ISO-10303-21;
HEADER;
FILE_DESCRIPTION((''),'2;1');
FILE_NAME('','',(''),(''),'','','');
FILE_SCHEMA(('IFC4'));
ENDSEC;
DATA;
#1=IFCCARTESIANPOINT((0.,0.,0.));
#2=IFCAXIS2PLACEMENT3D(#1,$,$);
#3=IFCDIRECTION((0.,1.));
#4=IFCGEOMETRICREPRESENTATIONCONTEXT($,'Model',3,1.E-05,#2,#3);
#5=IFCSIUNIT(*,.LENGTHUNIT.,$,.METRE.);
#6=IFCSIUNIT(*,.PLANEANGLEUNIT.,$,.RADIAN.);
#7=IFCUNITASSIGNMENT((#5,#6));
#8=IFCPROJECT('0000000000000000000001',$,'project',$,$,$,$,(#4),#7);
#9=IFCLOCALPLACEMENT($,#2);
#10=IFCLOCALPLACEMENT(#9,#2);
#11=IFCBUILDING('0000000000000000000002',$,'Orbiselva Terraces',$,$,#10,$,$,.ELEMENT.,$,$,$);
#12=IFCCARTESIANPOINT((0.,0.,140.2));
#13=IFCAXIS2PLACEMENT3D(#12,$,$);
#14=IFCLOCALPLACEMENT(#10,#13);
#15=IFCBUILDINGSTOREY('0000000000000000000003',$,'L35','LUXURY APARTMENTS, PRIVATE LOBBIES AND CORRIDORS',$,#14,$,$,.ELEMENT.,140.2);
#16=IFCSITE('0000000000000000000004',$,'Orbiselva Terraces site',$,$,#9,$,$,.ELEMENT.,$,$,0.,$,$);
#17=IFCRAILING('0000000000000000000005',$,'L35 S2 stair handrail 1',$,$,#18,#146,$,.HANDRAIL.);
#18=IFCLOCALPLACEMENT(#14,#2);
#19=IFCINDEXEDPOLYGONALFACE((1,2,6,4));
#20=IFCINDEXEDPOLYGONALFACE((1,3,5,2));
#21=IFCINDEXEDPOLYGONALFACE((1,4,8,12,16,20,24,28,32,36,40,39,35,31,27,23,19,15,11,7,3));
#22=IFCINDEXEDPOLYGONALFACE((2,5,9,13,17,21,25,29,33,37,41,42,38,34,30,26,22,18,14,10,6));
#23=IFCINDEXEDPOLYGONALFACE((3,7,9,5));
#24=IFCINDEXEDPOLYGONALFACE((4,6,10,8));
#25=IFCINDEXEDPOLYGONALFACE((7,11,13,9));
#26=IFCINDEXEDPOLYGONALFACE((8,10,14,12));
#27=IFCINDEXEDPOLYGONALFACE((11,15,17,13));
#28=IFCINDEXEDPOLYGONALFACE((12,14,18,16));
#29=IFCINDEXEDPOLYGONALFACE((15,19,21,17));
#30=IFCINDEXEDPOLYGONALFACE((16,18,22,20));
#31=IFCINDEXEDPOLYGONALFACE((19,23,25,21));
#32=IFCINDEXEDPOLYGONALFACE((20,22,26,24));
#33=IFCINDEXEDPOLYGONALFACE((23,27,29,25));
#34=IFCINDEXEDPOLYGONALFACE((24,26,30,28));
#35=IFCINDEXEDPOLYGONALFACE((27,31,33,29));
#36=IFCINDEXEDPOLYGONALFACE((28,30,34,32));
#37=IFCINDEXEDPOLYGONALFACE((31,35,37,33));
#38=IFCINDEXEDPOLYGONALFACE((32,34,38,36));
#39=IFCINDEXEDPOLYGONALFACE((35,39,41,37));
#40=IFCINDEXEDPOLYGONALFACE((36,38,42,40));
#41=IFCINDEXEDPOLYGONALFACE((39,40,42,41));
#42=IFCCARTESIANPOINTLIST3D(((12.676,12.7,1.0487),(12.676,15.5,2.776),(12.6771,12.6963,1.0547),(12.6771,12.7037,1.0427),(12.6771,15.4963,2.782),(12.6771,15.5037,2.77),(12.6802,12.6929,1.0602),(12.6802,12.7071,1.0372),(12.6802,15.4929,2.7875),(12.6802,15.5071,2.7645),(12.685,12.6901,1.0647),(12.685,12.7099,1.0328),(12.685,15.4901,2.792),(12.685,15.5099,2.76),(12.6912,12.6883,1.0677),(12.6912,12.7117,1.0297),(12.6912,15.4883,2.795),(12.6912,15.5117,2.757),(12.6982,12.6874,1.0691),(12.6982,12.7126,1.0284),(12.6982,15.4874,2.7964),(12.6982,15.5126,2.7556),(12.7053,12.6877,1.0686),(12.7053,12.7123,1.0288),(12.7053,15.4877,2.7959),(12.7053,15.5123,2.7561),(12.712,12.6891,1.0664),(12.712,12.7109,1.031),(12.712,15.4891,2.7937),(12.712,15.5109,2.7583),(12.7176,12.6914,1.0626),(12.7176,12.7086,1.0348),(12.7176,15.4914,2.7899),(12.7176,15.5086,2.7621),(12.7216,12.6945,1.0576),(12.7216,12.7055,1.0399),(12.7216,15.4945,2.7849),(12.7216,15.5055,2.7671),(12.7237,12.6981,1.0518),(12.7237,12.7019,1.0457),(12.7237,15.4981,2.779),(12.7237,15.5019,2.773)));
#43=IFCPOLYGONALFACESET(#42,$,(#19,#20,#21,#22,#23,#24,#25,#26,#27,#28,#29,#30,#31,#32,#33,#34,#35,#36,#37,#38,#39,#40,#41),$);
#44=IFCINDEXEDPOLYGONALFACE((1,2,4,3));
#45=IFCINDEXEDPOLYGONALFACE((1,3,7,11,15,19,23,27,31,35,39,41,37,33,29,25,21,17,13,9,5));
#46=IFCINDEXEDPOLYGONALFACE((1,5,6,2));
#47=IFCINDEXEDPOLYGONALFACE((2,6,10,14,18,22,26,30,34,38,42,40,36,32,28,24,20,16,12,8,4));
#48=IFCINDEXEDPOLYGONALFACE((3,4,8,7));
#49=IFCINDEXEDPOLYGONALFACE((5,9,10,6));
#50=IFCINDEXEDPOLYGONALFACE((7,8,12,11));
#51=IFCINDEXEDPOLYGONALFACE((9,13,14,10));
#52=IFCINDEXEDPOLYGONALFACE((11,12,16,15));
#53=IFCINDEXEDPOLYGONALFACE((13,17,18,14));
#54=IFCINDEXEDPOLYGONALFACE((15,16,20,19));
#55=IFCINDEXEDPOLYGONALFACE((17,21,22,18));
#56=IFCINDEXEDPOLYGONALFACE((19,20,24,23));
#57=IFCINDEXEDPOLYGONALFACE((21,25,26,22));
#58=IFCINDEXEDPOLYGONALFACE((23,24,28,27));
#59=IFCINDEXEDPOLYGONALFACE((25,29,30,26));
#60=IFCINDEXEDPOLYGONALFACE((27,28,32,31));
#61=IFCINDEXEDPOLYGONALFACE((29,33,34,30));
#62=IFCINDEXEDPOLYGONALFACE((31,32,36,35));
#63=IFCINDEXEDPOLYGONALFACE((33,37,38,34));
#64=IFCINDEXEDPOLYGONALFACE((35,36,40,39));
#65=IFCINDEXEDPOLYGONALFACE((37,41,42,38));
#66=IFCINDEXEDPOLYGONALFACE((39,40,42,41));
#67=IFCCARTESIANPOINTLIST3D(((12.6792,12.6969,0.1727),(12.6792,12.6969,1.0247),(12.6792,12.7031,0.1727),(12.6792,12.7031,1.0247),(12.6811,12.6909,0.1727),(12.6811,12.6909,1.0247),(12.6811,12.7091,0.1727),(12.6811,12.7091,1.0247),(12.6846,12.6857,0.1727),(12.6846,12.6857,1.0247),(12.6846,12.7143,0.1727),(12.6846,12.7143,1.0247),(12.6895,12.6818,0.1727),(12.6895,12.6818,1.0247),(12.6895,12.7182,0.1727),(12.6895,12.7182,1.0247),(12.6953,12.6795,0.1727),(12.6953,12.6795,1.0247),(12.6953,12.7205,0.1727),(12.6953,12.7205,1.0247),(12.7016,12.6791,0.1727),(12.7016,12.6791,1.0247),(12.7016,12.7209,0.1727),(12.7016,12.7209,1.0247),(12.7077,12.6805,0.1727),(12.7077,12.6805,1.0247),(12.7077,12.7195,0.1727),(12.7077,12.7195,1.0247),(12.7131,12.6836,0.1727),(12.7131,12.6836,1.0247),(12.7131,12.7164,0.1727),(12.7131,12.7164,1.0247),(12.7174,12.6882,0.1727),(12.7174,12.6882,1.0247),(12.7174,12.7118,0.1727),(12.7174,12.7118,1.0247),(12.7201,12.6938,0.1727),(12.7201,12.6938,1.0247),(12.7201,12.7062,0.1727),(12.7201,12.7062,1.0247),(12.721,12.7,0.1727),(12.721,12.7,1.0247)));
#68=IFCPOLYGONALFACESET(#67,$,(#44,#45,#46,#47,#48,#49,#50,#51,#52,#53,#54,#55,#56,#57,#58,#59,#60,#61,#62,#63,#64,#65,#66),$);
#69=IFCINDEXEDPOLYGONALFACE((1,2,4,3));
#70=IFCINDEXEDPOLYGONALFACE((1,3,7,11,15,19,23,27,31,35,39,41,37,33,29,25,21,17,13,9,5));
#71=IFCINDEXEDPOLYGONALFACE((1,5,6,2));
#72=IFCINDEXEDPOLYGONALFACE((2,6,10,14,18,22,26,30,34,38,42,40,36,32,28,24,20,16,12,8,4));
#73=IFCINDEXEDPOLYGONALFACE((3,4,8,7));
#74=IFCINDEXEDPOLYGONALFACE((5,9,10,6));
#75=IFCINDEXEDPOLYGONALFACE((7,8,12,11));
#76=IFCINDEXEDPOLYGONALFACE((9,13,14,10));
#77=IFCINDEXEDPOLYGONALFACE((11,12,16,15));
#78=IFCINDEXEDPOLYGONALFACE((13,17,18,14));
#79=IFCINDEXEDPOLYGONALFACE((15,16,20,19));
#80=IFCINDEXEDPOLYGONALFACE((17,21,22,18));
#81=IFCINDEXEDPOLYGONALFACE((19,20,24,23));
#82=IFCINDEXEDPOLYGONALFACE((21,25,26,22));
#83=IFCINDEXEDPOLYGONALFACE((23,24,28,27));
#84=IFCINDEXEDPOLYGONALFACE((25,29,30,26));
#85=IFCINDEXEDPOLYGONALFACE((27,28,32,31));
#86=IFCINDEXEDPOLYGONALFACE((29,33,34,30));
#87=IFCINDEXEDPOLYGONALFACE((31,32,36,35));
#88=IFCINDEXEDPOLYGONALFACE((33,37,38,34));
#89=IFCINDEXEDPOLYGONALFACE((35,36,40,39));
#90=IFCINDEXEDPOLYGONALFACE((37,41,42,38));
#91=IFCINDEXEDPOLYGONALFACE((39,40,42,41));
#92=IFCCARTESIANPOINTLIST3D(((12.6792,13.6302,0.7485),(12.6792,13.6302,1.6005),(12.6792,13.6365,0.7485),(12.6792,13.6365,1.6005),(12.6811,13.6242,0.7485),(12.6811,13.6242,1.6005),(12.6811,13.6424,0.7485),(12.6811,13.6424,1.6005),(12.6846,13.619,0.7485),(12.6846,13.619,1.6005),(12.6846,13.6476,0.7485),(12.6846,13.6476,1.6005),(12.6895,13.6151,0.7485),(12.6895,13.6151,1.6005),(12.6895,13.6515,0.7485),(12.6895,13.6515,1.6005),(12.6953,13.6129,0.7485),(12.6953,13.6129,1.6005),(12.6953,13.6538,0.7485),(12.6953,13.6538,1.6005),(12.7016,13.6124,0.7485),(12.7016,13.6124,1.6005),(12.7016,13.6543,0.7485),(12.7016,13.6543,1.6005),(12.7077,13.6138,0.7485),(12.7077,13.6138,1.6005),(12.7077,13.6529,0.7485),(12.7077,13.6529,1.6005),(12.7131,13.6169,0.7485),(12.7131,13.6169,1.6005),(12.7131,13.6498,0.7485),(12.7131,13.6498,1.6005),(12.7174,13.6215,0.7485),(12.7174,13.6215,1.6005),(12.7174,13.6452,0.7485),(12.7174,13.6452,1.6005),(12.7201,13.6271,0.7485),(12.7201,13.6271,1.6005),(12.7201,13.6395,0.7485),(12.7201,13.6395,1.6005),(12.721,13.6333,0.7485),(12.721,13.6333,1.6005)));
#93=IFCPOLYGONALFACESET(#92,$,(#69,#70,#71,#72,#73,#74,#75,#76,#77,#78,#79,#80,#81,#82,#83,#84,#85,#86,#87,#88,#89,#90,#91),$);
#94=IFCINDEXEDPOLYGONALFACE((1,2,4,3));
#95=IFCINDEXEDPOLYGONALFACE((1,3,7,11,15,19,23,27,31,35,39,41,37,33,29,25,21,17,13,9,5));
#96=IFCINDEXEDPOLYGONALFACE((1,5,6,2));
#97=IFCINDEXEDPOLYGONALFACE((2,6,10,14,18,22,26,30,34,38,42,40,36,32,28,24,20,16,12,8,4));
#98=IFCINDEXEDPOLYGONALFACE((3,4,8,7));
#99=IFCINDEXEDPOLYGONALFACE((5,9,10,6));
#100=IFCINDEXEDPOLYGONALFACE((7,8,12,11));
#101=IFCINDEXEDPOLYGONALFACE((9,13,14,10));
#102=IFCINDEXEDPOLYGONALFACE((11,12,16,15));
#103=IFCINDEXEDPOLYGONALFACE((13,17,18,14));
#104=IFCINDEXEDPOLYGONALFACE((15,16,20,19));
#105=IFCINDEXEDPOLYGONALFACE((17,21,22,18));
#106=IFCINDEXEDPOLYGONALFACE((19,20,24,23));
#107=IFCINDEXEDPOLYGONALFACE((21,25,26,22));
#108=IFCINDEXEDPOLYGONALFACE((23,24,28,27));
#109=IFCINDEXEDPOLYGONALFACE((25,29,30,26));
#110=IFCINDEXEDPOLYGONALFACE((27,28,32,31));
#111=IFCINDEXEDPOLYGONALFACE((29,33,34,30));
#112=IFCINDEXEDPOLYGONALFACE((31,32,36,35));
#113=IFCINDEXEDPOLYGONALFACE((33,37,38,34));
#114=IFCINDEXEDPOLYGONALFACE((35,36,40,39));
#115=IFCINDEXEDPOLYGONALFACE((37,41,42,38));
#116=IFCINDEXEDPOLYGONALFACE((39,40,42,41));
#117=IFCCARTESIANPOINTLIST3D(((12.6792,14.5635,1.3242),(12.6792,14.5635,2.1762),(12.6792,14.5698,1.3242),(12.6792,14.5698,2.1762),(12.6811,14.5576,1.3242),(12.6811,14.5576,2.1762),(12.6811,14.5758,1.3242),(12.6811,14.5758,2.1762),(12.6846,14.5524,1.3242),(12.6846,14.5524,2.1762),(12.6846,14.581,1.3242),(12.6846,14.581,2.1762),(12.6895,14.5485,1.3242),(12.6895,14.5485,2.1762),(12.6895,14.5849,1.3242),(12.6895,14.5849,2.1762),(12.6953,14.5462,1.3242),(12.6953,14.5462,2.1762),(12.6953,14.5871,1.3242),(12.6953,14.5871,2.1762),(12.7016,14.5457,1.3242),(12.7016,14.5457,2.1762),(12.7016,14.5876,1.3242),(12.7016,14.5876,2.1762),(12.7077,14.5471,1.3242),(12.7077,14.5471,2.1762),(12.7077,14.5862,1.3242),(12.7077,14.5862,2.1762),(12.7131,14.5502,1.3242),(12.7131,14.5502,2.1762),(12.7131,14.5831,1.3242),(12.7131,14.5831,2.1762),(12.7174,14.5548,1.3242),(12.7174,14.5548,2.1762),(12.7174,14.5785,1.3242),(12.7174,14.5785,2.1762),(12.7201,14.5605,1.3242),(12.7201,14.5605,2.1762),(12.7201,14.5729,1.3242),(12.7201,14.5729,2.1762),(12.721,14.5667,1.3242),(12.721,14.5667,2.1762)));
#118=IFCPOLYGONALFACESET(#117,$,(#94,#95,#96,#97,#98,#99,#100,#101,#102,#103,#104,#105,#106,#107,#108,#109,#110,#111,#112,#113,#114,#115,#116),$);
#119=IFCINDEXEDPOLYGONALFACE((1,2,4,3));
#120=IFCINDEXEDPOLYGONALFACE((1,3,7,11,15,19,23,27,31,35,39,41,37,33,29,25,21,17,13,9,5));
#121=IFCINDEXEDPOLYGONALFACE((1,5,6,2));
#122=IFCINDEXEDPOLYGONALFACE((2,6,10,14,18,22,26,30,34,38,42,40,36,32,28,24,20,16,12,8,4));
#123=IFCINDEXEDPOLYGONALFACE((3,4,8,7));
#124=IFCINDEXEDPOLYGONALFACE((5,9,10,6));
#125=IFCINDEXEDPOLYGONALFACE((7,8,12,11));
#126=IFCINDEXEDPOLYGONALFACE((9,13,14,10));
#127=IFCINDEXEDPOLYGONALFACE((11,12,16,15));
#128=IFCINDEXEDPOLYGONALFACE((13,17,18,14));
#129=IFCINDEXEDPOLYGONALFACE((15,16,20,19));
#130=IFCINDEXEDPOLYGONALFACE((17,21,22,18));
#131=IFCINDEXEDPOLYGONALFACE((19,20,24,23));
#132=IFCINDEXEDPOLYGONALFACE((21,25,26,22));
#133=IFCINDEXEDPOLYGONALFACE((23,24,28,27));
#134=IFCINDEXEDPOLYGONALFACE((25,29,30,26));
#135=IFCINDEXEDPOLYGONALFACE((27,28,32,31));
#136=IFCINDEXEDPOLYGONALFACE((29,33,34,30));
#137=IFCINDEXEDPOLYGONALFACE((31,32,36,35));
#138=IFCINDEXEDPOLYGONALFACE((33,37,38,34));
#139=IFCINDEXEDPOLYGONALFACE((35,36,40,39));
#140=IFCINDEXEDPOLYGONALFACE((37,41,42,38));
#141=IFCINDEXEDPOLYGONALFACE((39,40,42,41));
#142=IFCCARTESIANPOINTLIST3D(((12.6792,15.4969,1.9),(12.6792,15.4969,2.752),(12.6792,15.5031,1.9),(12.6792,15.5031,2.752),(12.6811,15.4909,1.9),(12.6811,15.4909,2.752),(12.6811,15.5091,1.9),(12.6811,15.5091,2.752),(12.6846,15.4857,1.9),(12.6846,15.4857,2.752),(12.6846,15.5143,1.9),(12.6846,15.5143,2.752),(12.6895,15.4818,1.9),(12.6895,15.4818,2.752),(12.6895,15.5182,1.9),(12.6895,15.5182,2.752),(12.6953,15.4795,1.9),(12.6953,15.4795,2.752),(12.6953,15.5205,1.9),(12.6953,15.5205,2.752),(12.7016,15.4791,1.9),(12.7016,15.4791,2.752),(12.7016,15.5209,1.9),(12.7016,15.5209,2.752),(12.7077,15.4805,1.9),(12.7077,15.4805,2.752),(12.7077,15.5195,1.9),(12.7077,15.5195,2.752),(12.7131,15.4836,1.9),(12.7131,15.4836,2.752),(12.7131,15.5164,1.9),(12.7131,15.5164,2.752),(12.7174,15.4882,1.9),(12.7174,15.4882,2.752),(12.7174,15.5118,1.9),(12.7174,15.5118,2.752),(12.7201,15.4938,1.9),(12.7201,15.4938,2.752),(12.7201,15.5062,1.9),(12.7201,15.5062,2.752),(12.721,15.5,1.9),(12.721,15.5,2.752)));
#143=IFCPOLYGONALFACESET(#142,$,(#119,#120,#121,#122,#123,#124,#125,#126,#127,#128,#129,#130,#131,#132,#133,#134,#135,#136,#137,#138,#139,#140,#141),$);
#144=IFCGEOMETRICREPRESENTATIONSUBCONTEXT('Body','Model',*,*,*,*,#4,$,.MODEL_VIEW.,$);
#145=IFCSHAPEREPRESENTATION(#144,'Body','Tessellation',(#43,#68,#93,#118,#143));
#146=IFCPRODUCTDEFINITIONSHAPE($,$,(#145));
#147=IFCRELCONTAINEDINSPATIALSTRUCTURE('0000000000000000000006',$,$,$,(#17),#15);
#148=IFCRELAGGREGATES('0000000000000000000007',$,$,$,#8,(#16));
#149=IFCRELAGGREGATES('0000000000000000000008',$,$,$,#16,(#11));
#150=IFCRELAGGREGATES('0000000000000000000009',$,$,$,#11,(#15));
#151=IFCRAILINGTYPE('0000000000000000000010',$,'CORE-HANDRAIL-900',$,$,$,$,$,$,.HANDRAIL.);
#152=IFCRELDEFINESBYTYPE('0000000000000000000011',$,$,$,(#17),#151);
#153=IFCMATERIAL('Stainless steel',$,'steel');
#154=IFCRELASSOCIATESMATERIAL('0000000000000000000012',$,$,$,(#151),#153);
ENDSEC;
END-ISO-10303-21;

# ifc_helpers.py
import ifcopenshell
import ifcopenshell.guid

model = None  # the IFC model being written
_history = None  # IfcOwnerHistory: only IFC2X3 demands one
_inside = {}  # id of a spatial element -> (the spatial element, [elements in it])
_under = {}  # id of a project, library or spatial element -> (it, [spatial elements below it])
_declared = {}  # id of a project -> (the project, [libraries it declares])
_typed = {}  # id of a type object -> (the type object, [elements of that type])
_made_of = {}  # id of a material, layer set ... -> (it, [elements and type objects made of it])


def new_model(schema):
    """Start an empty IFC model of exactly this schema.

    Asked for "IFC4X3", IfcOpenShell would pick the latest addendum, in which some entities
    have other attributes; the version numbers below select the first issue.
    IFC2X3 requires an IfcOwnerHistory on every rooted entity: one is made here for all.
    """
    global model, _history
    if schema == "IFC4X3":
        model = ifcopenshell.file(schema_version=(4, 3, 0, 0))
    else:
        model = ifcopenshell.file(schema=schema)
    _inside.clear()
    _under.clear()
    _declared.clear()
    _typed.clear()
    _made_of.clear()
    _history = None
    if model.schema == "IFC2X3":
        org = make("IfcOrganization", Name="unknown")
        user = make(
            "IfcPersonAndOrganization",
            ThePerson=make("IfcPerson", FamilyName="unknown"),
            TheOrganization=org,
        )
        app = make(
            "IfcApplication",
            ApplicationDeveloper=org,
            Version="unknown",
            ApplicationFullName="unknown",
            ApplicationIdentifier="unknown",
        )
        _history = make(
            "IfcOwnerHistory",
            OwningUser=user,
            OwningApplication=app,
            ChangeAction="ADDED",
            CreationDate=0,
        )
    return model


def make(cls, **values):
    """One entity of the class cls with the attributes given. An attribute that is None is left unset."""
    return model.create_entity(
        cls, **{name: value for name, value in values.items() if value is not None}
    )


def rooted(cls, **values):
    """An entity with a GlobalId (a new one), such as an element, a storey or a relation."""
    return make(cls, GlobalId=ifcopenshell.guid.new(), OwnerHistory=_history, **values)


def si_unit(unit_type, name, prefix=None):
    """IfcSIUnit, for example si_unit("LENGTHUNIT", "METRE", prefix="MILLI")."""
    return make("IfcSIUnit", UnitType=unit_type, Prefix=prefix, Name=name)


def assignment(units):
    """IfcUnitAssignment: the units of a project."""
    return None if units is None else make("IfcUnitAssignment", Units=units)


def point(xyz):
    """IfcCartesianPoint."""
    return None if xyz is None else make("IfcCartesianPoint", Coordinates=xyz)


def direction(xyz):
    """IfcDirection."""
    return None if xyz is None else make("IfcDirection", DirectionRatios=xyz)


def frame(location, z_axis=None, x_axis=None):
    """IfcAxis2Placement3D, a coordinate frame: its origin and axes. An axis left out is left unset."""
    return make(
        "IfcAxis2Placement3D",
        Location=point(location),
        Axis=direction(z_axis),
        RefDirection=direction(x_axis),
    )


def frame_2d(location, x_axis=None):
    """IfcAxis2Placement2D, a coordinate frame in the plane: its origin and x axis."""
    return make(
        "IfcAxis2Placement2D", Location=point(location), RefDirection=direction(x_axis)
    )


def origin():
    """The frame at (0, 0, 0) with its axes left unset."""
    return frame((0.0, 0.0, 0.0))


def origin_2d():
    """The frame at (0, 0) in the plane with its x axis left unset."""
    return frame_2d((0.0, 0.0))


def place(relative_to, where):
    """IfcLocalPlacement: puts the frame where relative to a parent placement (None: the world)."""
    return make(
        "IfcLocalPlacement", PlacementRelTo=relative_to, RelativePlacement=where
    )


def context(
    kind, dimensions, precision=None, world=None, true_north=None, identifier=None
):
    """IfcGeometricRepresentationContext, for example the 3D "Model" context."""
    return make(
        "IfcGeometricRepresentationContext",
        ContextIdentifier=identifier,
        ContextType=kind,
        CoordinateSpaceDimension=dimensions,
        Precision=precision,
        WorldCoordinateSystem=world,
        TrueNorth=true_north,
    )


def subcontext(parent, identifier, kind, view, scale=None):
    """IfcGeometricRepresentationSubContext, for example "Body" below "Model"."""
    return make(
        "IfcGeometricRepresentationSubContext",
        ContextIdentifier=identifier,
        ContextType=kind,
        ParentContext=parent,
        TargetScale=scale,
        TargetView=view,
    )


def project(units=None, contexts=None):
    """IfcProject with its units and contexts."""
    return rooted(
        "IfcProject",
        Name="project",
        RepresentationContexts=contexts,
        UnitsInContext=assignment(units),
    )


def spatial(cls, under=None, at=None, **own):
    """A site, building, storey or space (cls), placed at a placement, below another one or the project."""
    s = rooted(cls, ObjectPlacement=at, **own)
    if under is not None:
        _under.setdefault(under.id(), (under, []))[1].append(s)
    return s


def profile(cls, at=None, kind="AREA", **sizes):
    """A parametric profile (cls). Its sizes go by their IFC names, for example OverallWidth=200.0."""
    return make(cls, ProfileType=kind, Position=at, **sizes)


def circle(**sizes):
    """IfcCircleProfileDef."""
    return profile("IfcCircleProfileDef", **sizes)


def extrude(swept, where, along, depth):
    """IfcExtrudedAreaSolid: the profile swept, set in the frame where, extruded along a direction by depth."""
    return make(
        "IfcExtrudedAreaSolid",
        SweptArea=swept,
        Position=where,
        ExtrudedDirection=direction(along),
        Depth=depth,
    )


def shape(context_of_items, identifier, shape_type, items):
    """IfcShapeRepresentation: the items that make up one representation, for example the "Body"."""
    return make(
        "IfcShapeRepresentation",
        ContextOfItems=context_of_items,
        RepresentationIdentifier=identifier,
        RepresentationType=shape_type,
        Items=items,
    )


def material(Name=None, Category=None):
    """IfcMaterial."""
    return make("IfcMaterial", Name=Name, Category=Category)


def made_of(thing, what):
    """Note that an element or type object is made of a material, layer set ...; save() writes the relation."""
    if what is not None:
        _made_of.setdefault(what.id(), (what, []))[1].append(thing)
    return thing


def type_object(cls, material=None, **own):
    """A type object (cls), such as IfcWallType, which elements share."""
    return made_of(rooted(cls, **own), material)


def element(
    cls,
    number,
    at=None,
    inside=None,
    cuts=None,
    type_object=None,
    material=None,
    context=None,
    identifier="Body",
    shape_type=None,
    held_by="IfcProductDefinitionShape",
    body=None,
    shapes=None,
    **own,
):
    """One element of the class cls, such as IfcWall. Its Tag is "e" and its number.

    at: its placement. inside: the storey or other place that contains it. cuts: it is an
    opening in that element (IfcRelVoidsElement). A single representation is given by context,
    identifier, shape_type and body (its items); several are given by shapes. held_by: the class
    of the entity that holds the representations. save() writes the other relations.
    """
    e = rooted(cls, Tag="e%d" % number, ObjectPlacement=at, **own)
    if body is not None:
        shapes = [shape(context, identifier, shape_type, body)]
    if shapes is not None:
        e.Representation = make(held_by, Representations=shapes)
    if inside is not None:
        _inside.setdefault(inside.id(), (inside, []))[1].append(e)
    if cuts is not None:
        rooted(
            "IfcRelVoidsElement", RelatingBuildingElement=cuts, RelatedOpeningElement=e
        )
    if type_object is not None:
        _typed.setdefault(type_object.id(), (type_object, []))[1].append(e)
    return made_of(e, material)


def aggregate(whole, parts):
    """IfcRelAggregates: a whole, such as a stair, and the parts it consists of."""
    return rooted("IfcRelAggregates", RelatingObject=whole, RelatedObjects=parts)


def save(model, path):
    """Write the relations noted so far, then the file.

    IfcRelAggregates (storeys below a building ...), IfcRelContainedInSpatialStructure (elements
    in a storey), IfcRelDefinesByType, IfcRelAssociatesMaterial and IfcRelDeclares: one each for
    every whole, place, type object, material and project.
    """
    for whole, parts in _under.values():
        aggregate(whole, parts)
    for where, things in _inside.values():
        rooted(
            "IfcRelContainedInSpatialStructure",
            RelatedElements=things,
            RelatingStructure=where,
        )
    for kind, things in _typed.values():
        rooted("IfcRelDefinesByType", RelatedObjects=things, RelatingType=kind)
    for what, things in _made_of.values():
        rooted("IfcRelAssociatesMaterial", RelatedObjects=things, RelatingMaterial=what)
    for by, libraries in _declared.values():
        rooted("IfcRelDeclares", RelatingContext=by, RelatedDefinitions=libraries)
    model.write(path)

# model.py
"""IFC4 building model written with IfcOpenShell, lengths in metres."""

from ifc_helpers import new_model, si_unit, direction, frame, origin, origin_2d, place, context, subcontext, project, spatial, circle, extrude, material, type_object, element, save


model = new_model("IFC4")

# Units and contexts
model_context = context("Model", 3, precision=1e-05, world=origin(), true_north=direction((0.0, 1.0)))
body_context = subcontext(model_context, "Body", "Model", "MODEL_VIEW")
ifc_project = project(units=[si_unit("LENGTHUNIT", "METRE"), si_unit("PLANEANGLEUNIT", "RADIAN")], contexts=[model_context])

# Site, building, storey
site_placement = place(None, origin())
site = spatial("IfcSite", under=ifc_project, at=site_placement, Name="Orbiselva Terraces site", CompositionType="ELEMENT", RefElevation=0.0)
building_placement = place(site_placement, origin())
building = spatial("IfcBuilding", under=site, at=building_placement, Name="Orbiselva Terraces", CompositionType="ELEMENT")
storey_placement = place(building_placement, frame((0.0, 0.0, 140.2)))
storey = spatial("IfcBuildingStorey", under=building, at=storey_placement, Name="L35", Description="LUXURY APARTMENTS, PRIVATE LOBBIES AND CORRIDORS", CompositionType="ELEMENT", Elevation=140.2)

# Railing
ifc_material_1 = material(Name="Stainless steel", Category="steel")
railing_type_1 = type_object("IfcRailingType", Name="CORE-HANDRAIL-900", PredefinedType="HANDRAIL", material=ifc_material_1)
railing_1_placement = place(storey_placement, frame((12.7, 12.7, 0.1727)))
element("IfcRailing", 1, at=railing_1_placement, inside=storey, type_object=railing_type_1, Name="L35 S2 stair handrail 1", PredefinedType="HANDRAIL", context=body_context, shape_type="SweptSolid", body=[
    extrude(circle(Radius=0.024, at=origin_2d()), frame((0.0, 0.0, 0.876), z_axis=(0.0, 0.851089, 0.525022), x_axis=(-1.0, 0.0, 0.0)), (0.0, 0.0, 1.0), 3.2899),
    extrude(circle(Radius=0.021, at=origin_2d()), origin(), (0.0, 0.0, 1.0), 0.852),
    extrude(circle(Radius=0.021, at=origin_2d()), frame((0.0, 0.9333, 0.5758)), (0.0, 0.0, 1.0), 0.852),
    extrude(circle(Radius=0.021, at=origin_2d()), frame((0.0, 1.8667, 1.1515)), (0.0, 0.0, 1.0), 0.852),
    extrude(circle(Radius=0.021, at=origin_2d()), frame((0.0, 2.8, 1.7273)), (0.0, 0.0, 1.0), 0.852),
])

save(model, "model.ifc")
